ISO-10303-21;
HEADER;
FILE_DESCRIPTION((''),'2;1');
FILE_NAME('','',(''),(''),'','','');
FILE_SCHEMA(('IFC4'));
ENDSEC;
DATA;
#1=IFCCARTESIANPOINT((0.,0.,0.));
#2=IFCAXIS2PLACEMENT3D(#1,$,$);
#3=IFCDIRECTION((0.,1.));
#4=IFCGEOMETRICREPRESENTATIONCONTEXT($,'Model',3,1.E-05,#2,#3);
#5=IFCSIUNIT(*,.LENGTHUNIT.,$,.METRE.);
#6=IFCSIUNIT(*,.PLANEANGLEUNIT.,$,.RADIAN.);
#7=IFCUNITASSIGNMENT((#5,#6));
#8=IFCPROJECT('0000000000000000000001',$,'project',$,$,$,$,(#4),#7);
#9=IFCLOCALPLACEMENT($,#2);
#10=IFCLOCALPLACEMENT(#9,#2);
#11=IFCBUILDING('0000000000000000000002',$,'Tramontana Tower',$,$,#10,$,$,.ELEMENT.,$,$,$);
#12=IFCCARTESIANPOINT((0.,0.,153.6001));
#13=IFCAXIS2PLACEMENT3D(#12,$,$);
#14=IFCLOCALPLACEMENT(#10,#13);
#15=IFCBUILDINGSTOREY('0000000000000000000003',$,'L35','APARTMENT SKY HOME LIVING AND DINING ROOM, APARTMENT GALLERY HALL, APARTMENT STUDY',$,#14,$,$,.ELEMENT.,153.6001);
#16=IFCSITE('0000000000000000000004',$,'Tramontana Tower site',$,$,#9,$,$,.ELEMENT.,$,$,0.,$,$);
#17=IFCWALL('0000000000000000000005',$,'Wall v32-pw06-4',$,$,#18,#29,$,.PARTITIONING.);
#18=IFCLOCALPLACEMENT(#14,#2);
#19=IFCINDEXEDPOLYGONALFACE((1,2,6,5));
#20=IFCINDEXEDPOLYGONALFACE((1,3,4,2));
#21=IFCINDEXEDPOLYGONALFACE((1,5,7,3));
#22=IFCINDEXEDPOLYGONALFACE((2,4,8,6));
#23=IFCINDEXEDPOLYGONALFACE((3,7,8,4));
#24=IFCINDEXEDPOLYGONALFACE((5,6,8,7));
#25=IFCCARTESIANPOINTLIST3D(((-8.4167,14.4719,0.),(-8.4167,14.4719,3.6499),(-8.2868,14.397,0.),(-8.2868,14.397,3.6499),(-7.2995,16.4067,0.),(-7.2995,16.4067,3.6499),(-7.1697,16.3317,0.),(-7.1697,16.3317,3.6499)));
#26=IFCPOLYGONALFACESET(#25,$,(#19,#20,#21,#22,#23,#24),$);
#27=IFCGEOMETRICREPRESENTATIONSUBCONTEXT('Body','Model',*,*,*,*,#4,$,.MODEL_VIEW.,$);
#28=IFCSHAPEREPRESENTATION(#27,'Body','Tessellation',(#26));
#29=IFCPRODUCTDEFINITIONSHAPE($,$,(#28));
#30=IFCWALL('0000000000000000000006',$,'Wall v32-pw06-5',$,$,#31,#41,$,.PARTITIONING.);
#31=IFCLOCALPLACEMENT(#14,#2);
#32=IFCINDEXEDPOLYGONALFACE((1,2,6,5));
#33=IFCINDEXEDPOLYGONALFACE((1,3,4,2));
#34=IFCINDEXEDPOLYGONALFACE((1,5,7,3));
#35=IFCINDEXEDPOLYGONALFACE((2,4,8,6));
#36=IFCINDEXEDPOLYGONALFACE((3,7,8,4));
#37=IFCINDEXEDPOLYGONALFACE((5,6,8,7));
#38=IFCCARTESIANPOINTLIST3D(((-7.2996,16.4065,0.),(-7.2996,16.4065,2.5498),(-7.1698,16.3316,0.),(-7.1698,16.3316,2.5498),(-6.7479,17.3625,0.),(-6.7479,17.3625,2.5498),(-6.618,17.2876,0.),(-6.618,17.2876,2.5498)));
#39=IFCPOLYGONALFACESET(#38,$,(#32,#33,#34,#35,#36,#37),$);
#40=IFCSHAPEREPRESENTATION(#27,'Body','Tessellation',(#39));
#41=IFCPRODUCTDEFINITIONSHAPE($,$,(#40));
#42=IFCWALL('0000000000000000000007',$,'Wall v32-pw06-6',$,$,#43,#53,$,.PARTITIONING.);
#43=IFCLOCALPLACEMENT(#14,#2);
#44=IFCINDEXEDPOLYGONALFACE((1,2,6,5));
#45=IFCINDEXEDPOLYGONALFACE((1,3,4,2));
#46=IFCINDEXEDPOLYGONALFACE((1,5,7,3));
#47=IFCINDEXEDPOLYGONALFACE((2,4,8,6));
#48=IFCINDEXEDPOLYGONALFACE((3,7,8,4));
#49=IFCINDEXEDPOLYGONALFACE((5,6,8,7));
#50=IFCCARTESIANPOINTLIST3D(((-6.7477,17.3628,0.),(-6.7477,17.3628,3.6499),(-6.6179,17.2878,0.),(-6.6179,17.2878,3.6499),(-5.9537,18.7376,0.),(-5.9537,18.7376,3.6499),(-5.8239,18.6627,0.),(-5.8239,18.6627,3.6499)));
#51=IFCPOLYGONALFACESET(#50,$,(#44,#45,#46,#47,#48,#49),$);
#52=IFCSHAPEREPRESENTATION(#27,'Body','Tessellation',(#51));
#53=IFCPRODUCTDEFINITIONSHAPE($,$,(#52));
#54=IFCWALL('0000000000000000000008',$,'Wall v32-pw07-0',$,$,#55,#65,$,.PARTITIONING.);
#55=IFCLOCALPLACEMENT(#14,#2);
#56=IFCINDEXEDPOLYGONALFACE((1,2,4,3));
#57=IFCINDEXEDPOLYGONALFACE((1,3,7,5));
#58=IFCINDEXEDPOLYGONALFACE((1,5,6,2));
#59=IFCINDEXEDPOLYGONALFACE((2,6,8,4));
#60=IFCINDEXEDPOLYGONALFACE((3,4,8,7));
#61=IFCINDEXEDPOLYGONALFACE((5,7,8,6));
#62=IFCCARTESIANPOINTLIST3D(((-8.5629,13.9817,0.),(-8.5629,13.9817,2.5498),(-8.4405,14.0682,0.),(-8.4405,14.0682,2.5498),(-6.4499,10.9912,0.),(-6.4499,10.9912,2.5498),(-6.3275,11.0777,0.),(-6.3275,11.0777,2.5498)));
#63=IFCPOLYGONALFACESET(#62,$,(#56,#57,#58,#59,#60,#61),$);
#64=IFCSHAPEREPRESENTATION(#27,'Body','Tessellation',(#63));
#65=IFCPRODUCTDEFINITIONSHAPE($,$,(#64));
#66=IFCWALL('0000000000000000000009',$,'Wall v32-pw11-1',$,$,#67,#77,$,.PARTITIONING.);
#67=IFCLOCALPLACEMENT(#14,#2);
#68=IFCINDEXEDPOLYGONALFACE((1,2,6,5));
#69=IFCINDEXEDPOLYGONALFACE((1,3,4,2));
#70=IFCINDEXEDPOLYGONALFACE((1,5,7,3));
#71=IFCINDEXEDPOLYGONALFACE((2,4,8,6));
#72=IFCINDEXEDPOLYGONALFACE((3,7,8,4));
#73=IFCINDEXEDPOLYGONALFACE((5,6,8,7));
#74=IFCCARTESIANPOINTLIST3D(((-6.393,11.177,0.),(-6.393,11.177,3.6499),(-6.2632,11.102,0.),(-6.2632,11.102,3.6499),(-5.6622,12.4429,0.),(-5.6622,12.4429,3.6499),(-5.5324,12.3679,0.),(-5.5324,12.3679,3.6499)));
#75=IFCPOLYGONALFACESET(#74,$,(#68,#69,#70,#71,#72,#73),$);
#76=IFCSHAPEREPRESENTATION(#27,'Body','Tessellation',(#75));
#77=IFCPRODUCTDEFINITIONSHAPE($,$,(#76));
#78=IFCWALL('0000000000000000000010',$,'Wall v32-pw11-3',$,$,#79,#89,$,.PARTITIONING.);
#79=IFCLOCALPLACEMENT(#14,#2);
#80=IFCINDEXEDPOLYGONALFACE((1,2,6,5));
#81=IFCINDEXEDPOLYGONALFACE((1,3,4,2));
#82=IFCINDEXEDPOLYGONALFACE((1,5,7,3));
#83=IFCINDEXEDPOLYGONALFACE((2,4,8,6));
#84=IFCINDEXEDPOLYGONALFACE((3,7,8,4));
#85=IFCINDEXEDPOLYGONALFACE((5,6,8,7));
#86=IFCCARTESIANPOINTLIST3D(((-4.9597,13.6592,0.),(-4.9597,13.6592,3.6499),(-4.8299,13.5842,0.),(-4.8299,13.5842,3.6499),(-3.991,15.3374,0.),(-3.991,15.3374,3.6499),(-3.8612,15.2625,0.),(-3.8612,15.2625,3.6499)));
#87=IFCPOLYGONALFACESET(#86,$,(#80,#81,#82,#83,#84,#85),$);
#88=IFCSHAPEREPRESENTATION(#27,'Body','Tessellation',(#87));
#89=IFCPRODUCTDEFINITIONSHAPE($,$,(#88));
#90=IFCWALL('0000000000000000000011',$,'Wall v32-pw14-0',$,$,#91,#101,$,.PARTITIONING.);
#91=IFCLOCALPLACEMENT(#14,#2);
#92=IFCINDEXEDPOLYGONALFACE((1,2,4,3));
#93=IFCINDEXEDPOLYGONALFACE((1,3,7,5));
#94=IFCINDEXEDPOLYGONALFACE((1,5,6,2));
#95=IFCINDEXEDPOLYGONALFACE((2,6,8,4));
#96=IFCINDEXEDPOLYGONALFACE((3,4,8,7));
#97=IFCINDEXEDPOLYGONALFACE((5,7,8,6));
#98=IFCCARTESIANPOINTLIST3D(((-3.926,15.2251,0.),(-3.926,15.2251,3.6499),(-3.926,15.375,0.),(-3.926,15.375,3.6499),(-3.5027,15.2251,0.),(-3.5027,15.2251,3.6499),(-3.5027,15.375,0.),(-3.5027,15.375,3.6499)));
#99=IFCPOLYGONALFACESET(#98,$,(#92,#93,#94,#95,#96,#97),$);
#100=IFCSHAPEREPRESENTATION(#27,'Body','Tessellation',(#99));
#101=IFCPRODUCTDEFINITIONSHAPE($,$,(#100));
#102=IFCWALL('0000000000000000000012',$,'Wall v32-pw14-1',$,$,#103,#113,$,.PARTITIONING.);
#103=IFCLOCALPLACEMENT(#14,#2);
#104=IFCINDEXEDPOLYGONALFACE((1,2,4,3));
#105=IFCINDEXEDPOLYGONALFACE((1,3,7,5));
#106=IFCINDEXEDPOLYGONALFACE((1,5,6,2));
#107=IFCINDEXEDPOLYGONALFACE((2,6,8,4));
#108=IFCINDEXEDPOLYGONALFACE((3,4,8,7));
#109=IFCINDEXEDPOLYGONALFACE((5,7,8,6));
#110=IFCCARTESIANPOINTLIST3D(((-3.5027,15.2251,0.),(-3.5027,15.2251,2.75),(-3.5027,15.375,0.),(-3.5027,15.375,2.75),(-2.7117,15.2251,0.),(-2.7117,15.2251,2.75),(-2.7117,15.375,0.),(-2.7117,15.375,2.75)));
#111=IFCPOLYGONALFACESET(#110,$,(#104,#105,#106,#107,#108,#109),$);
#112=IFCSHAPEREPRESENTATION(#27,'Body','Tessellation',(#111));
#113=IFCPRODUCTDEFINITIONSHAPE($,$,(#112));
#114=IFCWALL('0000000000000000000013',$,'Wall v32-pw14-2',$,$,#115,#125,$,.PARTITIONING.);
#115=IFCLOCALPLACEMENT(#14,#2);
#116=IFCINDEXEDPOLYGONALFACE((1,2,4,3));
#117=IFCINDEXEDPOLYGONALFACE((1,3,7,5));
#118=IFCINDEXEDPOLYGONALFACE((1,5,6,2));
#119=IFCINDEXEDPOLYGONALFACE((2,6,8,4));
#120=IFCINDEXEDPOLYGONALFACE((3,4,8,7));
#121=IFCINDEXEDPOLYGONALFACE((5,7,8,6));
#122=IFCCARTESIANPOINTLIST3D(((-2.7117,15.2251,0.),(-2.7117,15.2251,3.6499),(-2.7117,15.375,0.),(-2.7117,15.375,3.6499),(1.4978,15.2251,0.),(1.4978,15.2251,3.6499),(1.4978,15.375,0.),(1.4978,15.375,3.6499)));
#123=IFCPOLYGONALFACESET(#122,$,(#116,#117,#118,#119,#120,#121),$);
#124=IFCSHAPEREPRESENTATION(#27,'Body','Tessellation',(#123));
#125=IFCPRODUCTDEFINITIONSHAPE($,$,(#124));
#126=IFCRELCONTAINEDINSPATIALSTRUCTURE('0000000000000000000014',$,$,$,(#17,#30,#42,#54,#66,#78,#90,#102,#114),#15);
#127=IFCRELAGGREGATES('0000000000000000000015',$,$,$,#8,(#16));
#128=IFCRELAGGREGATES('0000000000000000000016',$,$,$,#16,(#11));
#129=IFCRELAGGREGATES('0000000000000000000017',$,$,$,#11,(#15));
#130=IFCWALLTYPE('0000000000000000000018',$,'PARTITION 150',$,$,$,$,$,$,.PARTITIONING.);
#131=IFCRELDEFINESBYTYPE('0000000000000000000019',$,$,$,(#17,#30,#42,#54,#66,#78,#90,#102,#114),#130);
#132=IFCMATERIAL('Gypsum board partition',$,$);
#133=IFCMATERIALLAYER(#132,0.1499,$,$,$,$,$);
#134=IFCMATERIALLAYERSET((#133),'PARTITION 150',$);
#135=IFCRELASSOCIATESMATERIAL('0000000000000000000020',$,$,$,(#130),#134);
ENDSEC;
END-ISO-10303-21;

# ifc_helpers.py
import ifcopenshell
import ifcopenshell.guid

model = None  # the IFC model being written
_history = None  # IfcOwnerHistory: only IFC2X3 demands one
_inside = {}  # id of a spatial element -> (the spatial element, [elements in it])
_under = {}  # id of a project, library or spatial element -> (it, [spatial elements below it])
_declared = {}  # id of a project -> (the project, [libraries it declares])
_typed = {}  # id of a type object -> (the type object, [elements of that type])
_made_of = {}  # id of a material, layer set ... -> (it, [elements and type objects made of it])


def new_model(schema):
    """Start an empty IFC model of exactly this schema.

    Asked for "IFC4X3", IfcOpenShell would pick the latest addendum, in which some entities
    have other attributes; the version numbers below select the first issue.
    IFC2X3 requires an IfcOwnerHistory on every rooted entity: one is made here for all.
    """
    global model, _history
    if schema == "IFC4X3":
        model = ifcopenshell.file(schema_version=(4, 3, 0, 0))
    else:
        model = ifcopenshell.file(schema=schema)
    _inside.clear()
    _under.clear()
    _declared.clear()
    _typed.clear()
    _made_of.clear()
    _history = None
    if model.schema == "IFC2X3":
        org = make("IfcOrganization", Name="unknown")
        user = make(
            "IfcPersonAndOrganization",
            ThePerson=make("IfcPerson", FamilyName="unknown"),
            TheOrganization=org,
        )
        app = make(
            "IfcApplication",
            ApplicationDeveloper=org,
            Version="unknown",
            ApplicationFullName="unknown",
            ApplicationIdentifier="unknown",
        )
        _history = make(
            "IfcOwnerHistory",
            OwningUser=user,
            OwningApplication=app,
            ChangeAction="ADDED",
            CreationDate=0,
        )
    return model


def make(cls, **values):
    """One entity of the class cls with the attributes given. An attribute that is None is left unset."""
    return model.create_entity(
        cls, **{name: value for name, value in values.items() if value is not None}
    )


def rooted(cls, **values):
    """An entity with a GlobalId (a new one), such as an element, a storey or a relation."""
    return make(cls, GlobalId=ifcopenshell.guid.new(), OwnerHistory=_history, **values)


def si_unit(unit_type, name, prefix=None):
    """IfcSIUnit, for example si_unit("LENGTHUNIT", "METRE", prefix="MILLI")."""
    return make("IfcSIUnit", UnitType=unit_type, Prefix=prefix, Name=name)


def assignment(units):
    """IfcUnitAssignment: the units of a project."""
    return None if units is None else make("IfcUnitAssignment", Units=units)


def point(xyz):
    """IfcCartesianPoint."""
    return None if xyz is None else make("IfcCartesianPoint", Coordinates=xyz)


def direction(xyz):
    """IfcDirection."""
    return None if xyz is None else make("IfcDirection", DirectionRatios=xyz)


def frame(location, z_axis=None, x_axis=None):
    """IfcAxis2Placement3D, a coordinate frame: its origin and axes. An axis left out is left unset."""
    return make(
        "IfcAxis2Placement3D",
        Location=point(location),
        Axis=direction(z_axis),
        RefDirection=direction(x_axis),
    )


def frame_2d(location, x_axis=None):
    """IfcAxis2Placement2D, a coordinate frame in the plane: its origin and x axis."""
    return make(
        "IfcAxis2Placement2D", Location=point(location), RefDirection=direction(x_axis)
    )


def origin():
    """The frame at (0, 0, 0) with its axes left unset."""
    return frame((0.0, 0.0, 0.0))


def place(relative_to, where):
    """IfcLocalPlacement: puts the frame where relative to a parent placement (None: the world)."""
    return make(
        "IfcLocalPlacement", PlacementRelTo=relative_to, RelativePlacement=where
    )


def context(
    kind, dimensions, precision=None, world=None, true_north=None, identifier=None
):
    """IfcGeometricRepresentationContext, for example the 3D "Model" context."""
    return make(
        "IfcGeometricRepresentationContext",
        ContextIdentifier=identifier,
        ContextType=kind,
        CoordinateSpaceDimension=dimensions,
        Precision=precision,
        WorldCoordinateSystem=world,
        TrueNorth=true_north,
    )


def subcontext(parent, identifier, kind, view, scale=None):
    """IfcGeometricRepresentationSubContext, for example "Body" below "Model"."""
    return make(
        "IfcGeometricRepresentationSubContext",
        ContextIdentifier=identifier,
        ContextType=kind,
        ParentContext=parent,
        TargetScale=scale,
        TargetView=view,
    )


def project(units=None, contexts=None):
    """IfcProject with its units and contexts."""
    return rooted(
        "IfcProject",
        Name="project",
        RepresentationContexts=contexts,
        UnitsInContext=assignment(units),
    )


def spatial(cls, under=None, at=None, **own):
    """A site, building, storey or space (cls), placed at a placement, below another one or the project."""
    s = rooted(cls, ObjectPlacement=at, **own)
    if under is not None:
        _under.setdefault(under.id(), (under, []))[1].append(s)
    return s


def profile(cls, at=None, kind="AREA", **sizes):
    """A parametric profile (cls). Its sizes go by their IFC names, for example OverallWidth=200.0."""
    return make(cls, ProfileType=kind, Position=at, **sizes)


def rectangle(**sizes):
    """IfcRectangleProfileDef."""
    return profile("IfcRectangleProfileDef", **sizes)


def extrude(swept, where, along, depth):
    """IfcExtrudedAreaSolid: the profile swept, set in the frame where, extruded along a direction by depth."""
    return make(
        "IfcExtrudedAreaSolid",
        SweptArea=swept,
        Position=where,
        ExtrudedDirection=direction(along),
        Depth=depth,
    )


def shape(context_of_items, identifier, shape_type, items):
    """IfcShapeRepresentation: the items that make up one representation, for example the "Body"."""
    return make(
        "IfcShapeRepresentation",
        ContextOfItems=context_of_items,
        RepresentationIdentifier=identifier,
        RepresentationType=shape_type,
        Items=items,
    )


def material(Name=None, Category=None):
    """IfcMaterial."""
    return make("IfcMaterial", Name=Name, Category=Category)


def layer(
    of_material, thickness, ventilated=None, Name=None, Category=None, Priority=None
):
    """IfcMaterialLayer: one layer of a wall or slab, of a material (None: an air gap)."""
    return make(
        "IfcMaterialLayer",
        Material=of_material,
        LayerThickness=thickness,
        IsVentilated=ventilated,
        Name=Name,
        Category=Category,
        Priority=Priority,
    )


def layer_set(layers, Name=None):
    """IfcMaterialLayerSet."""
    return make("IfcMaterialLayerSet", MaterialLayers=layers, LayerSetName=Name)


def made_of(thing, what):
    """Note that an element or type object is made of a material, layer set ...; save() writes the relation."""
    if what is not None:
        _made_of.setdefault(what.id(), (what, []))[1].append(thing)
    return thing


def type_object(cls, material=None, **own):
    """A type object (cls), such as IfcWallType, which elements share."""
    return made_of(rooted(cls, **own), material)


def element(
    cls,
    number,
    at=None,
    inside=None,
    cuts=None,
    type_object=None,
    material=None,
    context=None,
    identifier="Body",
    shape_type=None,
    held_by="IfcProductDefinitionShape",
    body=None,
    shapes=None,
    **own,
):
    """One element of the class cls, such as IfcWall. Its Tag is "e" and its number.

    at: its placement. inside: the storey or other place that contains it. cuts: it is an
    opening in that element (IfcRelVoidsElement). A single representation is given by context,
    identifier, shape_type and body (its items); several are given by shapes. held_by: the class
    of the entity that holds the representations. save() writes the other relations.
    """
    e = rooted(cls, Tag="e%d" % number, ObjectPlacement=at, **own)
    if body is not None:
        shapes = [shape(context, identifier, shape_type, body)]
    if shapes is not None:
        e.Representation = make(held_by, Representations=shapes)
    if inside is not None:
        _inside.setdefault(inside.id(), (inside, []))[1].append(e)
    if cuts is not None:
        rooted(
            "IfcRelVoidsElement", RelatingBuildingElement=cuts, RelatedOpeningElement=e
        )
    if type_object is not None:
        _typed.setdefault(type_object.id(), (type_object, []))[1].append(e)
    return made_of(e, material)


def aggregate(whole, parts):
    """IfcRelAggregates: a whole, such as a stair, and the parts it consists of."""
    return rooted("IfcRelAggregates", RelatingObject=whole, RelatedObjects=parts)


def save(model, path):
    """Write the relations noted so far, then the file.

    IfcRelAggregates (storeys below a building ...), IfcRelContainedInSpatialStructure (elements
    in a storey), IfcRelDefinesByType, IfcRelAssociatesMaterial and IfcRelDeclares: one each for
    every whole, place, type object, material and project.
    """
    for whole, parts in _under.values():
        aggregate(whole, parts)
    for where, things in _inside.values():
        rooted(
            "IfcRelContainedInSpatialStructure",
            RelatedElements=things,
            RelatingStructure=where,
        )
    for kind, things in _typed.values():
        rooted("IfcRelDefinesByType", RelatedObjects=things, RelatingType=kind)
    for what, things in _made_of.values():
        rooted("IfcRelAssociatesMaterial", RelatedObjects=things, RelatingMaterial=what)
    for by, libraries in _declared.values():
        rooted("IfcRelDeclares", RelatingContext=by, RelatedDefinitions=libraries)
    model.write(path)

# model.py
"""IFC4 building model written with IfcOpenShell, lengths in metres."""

from ifc_helpers import new_model, si_unit, direction, frame, frame_2d, origin, place, context, subcontext, project, spatial, rectangle, extrude, material, layer, layer_set, type_object, element, save


model = new_model("IFC4")

# Units and contexts
model_context = context("Model", 3, precision=1e-05, world=origin(), true_north=direction((0.0, 1.0)))
body_context = subcontext(model_context, "Body", "Model", "MODEL_VIEW")
ifc_project = project(units=[si_unit("LENGTHUNIT", "METRE"), si_unit("PLANEANGLEUNIT", "RADIAN")], contexts=[model_context])

# Site, building, storey
site_placement = place(None, origin())
site = spatial("IfcSite", under=ifc_project, at=site_placement, Name="Tramontana Tower site", CompositionType="ELEMENT", RefElevation=0.0)
building_placement = place(site_placement, origin())
building = spatial("IfcBuilding", under=site, at=building_placement, Name="Tramontana Tower", CompositionType="ELEMENT")
storey_placement = place(building_placement, frame((0.0, 0.0, 153.6001)))
storey = spatial("IfcBuildingStorey", under=building, at=storey_placement, Name="L35", Description="APARTMENT SKY HOME LIVING AND DINING ROOM, APARTMENT GALLERY HALL, APARTMENT STUDY", CompositionType="ELEMENT", Elevation=153.6001)

# Shared definitions
ifc_material_1 = material(Name="Gypsum board partition")
ifc_layer_1 = layer(ifc_material_1, 0.1499)
ifc_layer_set_1 = layer_set([ifc_layer_1], Name="PARTITION 150")
wall_type_1 = type_object("IfcWallType", Name="PARTITION 150", PredefinedType="PARTITIONING", material=ifc_layer_set_1)

# Walls
wall_1_placement = place(storey_placement, frame((-8.3518, 14.4343, 0.0), z_axis=(0.0, 0.0, 1.0), x_axis=(0.500041, 0.866002, 0.0)))
element("IfcWall", 1, at=wall_1_placement, inside=storey, type_object=wall_type_1, Name="Wall v32-pw06-4", PredefinedType="PARTITIONING", context=body_context, shape_type="SweptSolid", body=[
    extrude(rectangle(XDim=2.2341, YDim=0.1499, at=frame_2d((1.1172, 0.0))), origin(), (0.0, 0.0, 1.0), 3.6499),
])
wall_2_placement = place(storey_placement, frame((-7.2346, 16.3691, 0.0), z_axis=(0.0, 0.0, 1.0), x_axis=(0.49985, 0.866112, 0.0)))
element("IfcWall", 2, at=wall_2_placement, inside=storey, type_object=wall_type_1, Name="Wall v32-pw06-5", PredefinedType="PARTITIONING", context=body_context, shape_type="SweptSolid", body=[
    extrude(rectangle(XDim=1.1038, YDim=0.1499, at=frame_2d((0.5518, 0.0))), origin(), (0.0, 0.0, 1.0), 2.5498),
])
wall_3_placement = place(storey_placement, frame((-6.6829, 17.3252, 0.0), z_axis=(0.0, 0.0, 1.0), x_axis=(0.500108, 0.865963, 0.0)))
element("IfcWall", 3, at=wall_3_placement, inside=storey, type_object=wall_type_1, Name="Wall v32-pw06-6", PredefinedType="PARTITIONING", context=body_context, shape_type="SweptSolid", body=[
    extrude(rectangle(XDim=1.5876, YDim=0.1499, at=frame_2d((0.7939, 0.0))), origin(), (0.0, 0.0, 1.0), 3.6499),
])
wall_4_placement = place(storey_placement, frame((-8.5017, 14.0249, 0.0), z_axis=(0.0, 0.0, 1.0), x_axis=(0.577068, -0.816696, 0.0)))
element("IfcWall", 4, at=wall_4_placement, inside=storey, type_object=wall_type_1, Name="Wall v32-pw07-0", PredefinedType="PARTITIONING", context=body_context, shape_type="SweptSolid", body=[
    extrude(rectangle(XDim=3.6616, YDim=0.1499, at=frame_2d((1.8308, 0.0))), origin(), (0.0, 0.0, 1.0), 2.5498),
])
wall_5_placement = place(storey_placement, frame((-6.3281, 11.1394, 0.0), z_axis=(0.0, 0.0, 1.0), x_axis=(0.49993, 0.866066, 0.0)))
element("IfcWall", 5, at=wall_5_placement, inside=storey, type_object=wall_type_1, Name="Wall v32-pw11-1", PredefinedType="PARTITIONING", context=body_context, shape_type="SweptSolid", body=[
    extrude(rectangle(XDim=1.4617, YDim=0.1499, at=frame_2d((0.731, 0.0))), origin(), (0.0, 0.0, 1.0), 3.6499),
])

# Walls
wall_6_placement = place(storey_placement, frame((-4.8948, 13.6218, 0.0), z_axis=(0.0, 0.0, 1.0), x_axis=(0.499933, 0.866064, 0.0)))
element("IfcWall", 6, at=wall_6_placement, inside=storey, type_object=wall_type_1, Name="Wall v32-pw11-3", PredefinedType="PARTITIONING", context=body_context, shape_type="SweptSolid", body=[
    extrude(rectangle(XDim=1.9377, YDim=0.1499, at=frame_2d((0.9688, 0.0))), origin(), (0.0, 0.0, 1.0), 3.6499),
])
wall_7_placement = place(storey_placement, frame((-3.926, 15.3, 0.0), z_axis=(0.0, 0.0, 1.0), x_axis=(1.0, 0.0, 0.0)))
element("IfcWall", 7, at=wall_7_placement, inside=storey, type_object=wall_type_1, Name="Wall v32-pw14-0", PredefinedType="PARTITIONING", context=body_context, shape_type="SweptSolid", body=[
    extrude(rectangle(XDim=0.4233, YDim=0.1499, at=frame_2d((0.2117, 0.0))), origin(), (0.0, 0.0, 1.0), 3.6499),
])
wall_8_placement = place(storey_placement, frame((-3.5027, 15.3, 0.0), z_axis=(0.0, 0.0, 1.0), x_axis=(1.0, 0.0, 0.0)))
element("IfcWall", 8, at=wall_8_placement, inside=storey, type_object=wall_type_1, Name="Wall v32-pw14-1", PredefinedType="PARTITIONING", context=body_context, shape_type="SweptSolid", body=[
    extrude(rectangle(XDim=0.791, YDim=0.1499, at=frame_2d((0.3955, 0.0))), origin(), (0.0, 0.0, 1.0), 2.75),
])
wall_9_placement = place(storey_placement, frame((-2.7117, 15.3, 0.0), z_axis=(0.0, 0.0, 1.0), x_axis=(1.0, 0.0, 0.0)))
element("IfcWall", 9, at=wall_9_placement, inside=storey, type_object=wall_type_1, Name="Wall v32-pw14-2", PredefinedType="PARTITIONING", context=body_context, shape_type="SweptSolid", body=[
    extrude(rectangle(XDim=4.2095, YDim=0.1499, at=frame_2d((2.1047, 0.0))), origin(), (0.0, 0.0, 1.0), 3.6499),
])

save(model, "model.ifc")
